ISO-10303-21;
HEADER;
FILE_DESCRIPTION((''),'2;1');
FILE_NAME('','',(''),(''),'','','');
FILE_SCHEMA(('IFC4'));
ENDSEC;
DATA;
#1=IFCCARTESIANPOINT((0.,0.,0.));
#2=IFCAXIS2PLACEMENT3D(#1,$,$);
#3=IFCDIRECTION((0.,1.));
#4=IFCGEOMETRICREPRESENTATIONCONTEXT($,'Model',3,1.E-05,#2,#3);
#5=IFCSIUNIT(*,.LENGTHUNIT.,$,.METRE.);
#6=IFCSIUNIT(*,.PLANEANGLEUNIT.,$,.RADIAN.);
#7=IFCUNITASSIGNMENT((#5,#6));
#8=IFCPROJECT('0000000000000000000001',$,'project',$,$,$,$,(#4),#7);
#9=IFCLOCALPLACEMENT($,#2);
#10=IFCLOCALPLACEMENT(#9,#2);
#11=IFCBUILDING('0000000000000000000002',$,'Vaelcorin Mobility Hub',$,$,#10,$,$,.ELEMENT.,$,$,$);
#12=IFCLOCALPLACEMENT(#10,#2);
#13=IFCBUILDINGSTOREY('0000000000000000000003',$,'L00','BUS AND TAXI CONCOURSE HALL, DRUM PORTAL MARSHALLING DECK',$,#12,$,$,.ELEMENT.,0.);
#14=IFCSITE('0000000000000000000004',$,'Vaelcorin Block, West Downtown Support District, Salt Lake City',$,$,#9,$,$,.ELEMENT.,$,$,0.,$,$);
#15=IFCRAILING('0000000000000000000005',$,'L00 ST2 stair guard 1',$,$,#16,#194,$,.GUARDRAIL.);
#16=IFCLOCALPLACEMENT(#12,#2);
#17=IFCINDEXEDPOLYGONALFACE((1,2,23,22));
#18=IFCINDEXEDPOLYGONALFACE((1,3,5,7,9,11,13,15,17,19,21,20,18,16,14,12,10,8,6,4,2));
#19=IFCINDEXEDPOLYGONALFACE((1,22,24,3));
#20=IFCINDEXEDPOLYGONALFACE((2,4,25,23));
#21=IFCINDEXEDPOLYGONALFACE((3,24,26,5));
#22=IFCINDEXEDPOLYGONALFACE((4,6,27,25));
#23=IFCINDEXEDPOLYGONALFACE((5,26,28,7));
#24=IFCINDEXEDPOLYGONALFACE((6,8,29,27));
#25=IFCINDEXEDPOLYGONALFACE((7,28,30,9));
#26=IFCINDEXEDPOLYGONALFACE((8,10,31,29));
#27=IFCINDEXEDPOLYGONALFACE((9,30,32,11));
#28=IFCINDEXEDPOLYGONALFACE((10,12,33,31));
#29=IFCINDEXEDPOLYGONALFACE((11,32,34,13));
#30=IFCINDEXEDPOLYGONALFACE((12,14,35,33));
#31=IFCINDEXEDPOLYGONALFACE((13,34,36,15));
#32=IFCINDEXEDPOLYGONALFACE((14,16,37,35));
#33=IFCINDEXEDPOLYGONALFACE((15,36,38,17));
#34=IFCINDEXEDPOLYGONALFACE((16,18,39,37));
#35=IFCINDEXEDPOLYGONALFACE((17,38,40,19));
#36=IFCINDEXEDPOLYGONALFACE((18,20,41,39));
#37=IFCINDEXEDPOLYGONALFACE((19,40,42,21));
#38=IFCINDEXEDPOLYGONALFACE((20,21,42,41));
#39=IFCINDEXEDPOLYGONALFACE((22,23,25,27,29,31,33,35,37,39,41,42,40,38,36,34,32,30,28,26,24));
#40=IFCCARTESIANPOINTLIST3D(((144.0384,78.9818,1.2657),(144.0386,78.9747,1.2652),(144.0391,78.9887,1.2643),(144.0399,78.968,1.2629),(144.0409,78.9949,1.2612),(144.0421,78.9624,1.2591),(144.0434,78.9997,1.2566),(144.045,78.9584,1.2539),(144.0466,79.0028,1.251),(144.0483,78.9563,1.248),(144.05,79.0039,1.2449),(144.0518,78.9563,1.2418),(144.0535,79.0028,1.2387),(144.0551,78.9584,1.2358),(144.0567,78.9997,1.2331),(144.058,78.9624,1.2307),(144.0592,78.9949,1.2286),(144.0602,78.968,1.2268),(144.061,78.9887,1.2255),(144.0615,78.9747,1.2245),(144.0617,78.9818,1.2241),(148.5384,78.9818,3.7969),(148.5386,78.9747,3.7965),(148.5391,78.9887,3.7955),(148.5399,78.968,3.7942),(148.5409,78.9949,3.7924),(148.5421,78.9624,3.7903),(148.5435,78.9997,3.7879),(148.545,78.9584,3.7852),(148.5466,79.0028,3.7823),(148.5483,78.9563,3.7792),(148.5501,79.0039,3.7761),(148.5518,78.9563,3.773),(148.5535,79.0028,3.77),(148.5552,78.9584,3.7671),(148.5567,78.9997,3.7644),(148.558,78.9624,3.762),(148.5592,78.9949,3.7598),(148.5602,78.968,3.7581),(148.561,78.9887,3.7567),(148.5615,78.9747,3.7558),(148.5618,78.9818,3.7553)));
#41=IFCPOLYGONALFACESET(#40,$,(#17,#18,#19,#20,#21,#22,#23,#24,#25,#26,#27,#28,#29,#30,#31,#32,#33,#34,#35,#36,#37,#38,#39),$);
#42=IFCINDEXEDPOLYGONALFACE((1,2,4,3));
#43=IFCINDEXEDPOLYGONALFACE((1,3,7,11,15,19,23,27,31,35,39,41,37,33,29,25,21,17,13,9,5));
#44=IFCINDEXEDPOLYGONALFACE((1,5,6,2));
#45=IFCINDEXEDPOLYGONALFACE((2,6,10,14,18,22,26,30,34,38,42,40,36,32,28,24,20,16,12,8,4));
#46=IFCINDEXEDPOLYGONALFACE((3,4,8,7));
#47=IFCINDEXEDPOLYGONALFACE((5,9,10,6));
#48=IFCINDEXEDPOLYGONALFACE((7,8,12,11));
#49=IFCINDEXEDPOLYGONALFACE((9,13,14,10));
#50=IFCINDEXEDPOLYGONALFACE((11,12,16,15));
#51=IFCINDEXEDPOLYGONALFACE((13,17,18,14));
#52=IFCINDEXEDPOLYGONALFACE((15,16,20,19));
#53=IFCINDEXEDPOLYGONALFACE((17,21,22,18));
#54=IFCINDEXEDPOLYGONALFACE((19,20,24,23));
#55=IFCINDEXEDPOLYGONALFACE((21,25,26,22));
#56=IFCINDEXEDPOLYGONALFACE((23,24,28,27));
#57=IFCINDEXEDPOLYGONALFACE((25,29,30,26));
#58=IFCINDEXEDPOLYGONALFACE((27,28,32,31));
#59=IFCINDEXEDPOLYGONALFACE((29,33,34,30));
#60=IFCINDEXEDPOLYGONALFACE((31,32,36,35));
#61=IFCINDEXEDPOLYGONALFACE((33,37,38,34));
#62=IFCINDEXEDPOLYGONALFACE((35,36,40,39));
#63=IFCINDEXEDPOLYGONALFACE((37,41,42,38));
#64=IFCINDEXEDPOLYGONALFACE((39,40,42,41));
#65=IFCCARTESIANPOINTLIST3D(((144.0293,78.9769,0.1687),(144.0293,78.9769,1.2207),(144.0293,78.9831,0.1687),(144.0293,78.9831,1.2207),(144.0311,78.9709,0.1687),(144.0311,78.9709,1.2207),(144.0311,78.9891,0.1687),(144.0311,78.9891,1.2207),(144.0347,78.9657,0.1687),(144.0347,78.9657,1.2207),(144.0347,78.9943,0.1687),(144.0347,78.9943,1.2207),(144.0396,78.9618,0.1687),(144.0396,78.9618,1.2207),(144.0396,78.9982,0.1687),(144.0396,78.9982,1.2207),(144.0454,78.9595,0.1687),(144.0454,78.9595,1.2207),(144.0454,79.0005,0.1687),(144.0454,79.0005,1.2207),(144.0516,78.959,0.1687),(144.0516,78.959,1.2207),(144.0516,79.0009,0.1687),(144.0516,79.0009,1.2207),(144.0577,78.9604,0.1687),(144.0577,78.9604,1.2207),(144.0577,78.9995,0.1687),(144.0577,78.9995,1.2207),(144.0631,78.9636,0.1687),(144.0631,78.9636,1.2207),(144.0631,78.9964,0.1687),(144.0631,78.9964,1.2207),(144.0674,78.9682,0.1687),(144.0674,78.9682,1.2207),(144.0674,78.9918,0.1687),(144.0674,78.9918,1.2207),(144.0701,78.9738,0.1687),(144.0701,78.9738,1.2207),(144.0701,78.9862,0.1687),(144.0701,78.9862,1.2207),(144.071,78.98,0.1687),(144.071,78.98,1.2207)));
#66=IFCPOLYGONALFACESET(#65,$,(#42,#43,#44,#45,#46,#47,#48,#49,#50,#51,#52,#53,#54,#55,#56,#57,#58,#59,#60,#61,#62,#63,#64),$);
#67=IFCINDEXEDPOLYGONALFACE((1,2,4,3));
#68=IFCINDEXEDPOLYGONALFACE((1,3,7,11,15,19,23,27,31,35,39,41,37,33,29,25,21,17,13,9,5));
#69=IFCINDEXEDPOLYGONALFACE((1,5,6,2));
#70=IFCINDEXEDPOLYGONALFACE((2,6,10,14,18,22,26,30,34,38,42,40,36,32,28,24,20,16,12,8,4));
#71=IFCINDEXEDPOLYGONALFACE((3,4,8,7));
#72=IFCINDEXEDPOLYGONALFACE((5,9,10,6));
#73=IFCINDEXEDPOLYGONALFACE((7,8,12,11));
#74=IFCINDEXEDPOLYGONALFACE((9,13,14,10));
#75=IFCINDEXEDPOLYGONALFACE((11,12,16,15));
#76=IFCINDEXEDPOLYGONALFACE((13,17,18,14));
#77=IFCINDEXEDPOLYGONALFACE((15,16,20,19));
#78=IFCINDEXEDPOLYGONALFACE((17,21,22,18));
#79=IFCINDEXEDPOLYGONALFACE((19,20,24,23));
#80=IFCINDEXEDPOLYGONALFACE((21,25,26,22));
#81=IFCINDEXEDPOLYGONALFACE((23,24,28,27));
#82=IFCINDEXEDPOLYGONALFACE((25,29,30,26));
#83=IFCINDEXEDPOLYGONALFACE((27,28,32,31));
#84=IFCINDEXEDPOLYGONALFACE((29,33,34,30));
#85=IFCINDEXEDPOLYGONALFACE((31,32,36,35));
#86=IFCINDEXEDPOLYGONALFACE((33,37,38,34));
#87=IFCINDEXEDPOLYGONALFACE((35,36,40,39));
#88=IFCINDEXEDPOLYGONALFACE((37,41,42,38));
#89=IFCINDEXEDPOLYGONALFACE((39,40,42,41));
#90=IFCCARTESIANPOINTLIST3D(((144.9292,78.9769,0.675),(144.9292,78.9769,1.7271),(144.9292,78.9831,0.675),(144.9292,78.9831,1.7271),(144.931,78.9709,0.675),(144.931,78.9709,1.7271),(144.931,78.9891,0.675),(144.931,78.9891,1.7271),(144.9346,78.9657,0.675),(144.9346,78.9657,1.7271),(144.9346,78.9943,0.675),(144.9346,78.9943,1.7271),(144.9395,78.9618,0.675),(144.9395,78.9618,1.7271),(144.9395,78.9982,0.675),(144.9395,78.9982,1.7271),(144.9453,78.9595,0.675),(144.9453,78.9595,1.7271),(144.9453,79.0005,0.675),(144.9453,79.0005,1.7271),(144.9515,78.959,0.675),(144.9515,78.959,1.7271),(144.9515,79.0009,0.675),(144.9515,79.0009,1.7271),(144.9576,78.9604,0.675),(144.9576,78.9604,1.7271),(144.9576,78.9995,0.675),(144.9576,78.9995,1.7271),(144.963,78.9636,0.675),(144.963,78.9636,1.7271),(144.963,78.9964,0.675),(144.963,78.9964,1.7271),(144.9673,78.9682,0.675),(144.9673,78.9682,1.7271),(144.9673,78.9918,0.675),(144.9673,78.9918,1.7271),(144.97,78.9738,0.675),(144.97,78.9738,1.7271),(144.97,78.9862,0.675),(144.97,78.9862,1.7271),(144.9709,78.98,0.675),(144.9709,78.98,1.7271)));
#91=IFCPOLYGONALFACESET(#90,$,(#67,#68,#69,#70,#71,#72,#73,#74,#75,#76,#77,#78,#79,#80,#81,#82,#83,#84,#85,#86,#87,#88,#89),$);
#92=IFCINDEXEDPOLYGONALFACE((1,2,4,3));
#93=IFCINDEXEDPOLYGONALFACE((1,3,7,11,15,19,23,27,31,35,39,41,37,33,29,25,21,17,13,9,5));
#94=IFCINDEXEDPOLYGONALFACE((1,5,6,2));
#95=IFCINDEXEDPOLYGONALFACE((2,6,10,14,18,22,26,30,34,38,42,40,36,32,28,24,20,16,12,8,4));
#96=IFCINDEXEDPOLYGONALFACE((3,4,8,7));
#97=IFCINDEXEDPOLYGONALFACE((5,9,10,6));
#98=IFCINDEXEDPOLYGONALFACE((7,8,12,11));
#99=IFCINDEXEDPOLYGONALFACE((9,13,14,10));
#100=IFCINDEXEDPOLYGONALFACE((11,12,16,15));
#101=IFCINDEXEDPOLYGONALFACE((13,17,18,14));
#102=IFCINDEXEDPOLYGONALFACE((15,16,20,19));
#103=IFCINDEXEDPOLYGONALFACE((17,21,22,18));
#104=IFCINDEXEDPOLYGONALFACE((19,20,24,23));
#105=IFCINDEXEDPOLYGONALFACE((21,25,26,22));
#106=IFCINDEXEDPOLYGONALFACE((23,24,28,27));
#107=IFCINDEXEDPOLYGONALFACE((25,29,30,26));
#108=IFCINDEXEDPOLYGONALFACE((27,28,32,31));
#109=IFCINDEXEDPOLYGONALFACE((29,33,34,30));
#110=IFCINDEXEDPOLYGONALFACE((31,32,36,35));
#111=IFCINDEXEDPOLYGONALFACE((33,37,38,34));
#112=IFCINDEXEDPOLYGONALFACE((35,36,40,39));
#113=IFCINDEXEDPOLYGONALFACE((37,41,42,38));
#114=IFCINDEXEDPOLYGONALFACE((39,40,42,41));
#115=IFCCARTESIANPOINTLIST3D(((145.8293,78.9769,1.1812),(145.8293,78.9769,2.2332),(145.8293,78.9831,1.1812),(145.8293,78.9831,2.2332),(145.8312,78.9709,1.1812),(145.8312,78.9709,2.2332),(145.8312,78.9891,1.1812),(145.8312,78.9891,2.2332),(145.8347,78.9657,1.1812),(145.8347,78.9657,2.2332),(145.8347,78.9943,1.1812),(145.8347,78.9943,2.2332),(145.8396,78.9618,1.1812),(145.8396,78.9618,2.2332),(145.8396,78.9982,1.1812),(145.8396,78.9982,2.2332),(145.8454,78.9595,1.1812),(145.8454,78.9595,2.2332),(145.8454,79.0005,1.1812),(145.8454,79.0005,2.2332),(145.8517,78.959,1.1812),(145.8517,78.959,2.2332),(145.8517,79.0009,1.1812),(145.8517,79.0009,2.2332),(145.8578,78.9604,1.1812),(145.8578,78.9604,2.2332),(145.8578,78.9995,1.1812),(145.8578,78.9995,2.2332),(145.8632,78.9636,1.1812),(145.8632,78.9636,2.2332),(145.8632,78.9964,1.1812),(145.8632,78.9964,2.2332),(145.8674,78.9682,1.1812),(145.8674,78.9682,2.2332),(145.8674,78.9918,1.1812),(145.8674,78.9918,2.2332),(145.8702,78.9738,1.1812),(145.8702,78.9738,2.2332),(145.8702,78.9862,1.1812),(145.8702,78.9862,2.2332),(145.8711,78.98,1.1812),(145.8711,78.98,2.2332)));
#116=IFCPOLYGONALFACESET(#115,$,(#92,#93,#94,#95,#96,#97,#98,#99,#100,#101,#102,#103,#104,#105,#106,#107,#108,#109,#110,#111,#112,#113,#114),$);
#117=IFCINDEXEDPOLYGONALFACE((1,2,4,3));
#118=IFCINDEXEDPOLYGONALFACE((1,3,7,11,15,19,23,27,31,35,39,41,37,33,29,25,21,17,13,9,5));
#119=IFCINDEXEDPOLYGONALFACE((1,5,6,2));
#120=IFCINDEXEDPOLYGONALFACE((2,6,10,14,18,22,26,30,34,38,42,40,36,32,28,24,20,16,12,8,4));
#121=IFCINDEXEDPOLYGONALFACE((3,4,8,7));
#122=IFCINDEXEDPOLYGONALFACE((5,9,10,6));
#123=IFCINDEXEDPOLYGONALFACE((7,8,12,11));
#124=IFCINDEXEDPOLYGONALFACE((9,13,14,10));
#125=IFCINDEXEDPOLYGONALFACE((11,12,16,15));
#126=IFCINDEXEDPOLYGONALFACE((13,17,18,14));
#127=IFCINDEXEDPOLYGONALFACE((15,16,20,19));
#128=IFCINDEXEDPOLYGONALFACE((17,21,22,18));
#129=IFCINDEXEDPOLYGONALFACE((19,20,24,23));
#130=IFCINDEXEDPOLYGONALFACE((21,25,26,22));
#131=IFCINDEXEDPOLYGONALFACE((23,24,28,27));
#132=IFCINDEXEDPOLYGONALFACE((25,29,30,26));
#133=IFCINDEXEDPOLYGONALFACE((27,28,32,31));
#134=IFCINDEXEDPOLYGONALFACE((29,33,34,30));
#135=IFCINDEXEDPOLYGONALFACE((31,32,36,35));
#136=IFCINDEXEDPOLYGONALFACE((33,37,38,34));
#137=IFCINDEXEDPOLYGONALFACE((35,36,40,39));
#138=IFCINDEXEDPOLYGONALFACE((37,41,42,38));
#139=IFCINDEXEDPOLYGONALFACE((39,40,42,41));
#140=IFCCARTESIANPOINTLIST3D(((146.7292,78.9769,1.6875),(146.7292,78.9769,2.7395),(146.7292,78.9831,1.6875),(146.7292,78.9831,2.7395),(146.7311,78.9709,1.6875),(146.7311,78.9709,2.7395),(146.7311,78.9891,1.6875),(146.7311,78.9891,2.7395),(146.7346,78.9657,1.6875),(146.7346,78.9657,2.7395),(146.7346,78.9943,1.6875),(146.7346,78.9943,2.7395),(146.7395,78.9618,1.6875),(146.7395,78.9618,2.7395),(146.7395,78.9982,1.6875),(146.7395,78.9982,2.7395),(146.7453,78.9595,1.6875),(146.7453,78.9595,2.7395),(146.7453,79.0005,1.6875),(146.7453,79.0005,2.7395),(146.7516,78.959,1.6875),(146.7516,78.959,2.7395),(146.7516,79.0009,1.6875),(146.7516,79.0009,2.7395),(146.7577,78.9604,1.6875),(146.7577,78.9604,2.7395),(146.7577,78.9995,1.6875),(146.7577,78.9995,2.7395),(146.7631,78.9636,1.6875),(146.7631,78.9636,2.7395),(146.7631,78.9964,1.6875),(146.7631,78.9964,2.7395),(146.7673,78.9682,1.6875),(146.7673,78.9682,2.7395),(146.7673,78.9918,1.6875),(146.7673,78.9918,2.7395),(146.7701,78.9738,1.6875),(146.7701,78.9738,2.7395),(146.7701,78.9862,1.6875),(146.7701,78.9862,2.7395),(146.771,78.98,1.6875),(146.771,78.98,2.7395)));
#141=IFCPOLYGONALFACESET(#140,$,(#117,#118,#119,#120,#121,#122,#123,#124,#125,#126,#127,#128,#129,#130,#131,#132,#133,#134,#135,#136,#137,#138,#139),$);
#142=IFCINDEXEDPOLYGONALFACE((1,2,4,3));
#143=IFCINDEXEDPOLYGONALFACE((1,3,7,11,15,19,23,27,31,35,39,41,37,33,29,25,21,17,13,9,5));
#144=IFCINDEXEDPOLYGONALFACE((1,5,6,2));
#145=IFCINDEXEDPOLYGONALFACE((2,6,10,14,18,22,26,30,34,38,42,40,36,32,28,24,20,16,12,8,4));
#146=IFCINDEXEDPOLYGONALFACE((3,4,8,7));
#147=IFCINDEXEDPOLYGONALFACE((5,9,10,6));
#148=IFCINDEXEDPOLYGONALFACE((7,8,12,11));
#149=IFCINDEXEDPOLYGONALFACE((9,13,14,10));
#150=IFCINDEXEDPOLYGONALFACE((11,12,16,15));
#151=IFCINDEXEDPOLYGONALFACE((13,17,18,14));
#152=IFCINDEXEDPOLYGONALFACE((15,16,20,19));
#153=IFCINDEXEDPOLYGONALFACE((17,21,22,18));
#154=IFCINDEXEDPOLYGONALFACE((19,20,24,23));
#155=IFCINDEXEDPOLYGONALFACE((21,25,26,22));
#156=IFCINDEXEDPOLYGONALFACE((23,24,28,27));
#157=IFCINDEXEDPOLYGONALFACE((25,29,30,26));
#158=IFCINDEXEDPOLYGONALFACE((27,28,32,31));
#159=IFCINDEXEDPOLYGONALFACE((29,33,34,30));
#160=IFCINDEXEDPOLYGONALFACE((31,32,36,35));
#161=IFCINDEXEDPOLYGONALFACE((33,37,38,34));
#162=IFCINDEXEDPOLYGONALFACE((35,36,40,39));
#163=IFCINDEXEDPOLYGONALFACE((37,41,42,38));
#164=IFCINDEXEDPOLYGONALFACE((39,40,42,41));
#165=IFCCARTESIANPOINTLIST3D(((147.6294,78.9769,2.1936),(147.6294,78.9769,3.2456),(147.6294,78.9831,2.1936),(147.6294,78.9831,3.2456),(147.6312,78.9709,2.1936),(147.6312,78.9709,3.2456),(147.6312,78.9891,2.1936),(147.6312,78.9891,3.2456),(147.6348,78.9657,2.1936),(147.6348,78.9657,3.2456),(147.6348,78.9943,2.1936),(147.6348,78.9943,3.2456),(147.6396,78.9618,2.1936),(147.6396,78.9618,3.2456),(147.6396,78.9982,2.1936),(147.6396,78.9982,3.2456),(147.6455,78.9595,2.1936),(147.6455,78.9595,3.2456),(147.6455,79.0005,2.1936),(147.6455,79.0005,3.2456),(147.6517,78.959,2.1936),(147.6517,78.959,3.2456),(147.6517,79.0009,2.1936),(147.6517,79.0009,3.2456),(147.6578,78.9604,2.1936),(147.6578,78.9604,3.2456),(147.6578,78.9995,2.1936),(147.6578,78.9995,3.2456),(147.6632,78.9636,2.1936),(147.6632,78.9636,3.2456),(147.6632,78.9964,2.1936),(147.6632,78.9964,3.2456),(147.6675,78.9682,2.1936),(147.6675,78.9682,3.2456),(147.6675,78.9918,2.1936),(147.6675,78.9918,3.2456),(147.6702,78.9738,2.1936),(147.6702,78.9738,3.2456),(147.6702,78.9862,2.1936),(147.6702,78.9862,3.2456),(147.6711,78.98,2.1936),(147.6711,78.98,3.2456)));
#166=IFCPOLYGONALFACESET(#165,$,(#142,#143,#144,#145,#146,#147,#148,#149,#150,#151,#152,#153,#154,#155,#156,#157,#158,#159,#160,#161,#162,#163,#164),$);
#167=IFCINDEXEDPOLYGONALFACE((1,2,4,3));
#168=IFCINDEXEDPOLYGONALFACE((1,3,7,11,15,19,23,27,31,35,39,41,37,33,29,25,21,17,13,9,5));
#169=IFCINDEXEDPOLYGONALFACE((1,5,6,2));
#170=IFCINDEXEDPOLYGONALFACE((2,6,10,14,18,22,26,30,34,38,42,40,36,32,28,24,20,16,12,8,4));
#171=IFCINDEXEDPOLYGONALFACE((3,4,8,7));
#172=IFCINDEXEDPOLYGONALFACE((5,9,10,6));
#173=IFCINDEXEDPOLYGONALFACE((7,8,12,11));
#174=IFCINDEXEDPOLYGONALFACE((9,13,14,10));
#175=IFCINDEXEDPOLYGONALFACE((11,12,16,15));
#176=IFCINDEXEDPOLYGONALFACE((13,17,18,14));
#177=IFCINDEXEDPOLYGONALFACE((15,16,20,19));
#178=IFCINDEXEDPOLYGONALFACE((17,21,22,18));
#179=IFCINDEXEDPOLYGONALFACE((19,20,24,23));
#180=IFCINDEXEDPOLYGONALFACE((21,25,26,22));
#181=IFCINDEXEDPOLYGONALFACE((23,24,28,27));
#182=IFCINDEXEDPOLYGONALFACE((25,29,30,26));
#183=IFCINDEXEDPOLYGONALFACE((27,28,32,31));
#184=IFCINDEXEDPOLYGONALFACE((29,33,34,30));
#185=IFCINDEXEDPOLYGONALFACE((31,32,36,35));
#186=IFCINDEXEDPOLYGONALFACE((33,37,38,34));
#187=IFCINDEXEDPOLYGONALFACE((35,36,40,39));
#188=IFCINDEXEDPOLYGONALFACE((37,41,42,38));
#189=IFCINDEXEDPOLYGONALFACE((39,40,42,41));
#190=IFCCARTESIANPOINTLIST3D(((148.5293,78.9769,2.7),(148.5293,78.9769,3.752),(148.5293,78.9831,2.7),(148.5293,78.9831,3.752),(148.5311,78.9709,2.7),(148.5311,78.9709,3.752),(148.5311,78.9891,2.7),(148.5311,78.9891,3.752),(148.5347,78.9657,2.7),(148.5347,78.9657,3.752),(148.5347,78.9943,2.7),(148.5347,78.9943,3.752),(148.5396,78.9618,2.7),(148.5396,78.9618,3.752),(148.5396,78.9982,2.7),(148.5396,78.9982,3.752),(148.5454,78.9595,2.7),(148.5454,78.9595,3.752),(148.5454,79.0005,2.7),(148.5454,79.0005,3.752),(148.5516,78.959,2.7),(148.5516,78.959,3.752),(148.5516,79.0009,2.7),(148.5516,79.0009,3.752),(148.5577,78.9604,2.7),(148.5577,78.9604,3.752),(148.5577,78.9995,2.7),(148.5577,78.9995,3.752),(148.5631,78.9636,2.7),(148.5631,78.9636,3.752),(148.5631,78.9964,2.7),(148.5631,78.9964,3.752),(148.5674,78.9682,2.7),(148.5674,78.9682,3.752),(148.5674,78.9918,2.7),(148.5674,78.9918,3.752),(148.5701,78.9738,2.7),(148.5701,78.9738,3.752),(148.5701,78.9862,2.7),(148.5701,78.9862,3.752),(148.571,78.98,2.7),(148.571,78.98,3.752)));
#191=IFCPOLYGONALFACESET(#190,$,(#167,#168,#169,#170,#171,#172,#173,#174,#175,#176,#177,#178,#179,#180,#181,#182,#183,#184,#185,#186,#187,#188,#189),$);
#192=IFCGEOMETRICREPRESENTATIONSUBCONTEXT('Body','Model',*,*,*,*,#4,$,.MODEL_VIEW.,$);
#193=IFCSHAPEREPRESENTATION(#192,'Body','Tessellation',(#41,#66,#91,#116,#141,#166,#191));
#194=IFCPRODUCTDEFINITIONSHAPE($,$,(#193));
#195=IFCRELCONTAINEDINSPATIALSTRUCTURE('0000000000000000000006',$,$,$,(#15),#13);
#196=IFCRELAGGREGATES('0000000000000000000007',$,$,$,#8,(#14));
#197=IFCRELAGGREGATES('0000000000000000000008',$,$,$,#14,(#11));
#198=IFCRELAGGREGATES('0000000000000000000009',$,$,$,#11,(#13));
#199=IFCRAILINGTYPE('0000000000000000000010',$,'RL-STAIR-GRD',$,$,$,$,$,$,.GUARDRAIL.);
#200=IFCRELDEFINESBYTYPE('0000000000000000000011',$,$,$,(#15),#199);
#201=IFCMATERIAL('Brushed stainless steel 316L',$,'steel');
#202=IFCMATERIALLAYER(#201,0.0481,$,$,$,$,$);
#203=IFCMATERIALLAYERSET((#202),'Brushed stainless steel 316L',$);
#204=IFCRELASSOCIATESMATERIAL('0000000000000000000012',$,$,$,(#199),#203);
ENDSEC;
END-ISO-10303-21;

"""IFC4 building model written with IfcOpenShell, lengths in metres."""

from ifc_helpers import new_model, si_unit, direction, frame, origin, origin_2d, place, context, subcontext, project, spatial, circle, extrude, material, layer, layer_set, type_object, element, save


model = new_model("IFC4")

# Units and contexts
model_context = context("Model", 3, precision=1e-05, world=origin(), true_north=direction((0.0, 1.0)))
body_context = subcontext(model_context, "Body", "Model", "MODEL_VIEW")
ifc_project = project(units=[si_unit("LENGTHUNIT", "METRE"), si_unit("PLANEANGLEUNIT", "RADIAN")], contexts=[model_context])

# Site, building, storey
site_placement = place(None, origin())
site = spatial("IfcSite", under=ifc_project, at=site_placement, Name="Vaelcorin Block, West Downtown Support District, Salt Lake City", CompositionType="ELEMENT", RefElevation=0.0)
building_placement = place(site_placement, origin())
building = spatial("IfcBuilding", under=site, at=building_placement, Name="Vaelcorin Mobility Hub", CompositionType="ELEMENT")
storey_placement = place(building_placement, origin())
storey = spatial("IfcBuildingStorey", under=building, at=storey_placement, Name="L00", Description="BUS AND TAXI CONCOURSE HALL, DRUM PORTAL MARSHALLING DECK", CompositionType="ELEMENT", Elevation=0.0)

# Railing
ifc_material_1 = material(Name="Brushed stainless steel 316L", Category="steel")
ifc_layer_1 = layer(ifc_material_1, 0.0481)
ifc_layer_set_1 = layer_set([ifc_layer_1], Name="Brushed stainless steel 316L")
railing_type_1 = type_object("IfcRailingType", Name="RL-STAIR-GRD", PredefinedType="GUARDRAIL", material=ifc_layer_set_1)
railing_1_placement = place(storey_placement, frame((144.05, 78.98, 0.1687)))
element("IfcRailing", 1, at=railing_1_placement, inside=storey, type_object=railing_type_1, Name="L00 ST2 stair guard 1", PredefinedType="GUARDRAIL", context=body_context, shape_type="SweptSolid", body=[
    extrude(circle(Radius=0.0239, at=origin_2d()), frame((0.0, 0.0, 1.0762), z_axis=(0.871576, 0.0, 0.490261), x_axis=(0.0, 1.0, 0.0)), (0.0, 0.0, 1.0), 5.1631),
    extrude(circle(Radius=0.021, at=origin_2d()), origin(), (0.0, 0.0, 1.0), 1.052),
    extrude(circle(Radius=0.021, at=origin_2d()), frame((0.8999, 0.0, 0.5063)), (0.0, 0.0, 1.0), 1.052),
    extrude(circle(Radius=0.021, at=origin_2d()), frame((1.8, 0.0, 1.0125)), (0.0, 0.0, 1.0), 1.052),
    extrude(circle(Radius=0.021, at=origin_2d()), frame((2.7, 0.0, 1.5188)), (0.0, 0.0, 1.0), 1.052),
    extrude(circle(Radius=0.021, at=origin_2d()), frame((3.6001, 0.0, 2.0249)), (0.0, 0.0, 1.0), 1.052),
    extrude(circle(Radius=0.021, at=origin_2d()), frame((4.5, 0.0, 2.5312)), (0.0, 0.0, 1.0), 1.052),
])

save(model, "model.ifc")
